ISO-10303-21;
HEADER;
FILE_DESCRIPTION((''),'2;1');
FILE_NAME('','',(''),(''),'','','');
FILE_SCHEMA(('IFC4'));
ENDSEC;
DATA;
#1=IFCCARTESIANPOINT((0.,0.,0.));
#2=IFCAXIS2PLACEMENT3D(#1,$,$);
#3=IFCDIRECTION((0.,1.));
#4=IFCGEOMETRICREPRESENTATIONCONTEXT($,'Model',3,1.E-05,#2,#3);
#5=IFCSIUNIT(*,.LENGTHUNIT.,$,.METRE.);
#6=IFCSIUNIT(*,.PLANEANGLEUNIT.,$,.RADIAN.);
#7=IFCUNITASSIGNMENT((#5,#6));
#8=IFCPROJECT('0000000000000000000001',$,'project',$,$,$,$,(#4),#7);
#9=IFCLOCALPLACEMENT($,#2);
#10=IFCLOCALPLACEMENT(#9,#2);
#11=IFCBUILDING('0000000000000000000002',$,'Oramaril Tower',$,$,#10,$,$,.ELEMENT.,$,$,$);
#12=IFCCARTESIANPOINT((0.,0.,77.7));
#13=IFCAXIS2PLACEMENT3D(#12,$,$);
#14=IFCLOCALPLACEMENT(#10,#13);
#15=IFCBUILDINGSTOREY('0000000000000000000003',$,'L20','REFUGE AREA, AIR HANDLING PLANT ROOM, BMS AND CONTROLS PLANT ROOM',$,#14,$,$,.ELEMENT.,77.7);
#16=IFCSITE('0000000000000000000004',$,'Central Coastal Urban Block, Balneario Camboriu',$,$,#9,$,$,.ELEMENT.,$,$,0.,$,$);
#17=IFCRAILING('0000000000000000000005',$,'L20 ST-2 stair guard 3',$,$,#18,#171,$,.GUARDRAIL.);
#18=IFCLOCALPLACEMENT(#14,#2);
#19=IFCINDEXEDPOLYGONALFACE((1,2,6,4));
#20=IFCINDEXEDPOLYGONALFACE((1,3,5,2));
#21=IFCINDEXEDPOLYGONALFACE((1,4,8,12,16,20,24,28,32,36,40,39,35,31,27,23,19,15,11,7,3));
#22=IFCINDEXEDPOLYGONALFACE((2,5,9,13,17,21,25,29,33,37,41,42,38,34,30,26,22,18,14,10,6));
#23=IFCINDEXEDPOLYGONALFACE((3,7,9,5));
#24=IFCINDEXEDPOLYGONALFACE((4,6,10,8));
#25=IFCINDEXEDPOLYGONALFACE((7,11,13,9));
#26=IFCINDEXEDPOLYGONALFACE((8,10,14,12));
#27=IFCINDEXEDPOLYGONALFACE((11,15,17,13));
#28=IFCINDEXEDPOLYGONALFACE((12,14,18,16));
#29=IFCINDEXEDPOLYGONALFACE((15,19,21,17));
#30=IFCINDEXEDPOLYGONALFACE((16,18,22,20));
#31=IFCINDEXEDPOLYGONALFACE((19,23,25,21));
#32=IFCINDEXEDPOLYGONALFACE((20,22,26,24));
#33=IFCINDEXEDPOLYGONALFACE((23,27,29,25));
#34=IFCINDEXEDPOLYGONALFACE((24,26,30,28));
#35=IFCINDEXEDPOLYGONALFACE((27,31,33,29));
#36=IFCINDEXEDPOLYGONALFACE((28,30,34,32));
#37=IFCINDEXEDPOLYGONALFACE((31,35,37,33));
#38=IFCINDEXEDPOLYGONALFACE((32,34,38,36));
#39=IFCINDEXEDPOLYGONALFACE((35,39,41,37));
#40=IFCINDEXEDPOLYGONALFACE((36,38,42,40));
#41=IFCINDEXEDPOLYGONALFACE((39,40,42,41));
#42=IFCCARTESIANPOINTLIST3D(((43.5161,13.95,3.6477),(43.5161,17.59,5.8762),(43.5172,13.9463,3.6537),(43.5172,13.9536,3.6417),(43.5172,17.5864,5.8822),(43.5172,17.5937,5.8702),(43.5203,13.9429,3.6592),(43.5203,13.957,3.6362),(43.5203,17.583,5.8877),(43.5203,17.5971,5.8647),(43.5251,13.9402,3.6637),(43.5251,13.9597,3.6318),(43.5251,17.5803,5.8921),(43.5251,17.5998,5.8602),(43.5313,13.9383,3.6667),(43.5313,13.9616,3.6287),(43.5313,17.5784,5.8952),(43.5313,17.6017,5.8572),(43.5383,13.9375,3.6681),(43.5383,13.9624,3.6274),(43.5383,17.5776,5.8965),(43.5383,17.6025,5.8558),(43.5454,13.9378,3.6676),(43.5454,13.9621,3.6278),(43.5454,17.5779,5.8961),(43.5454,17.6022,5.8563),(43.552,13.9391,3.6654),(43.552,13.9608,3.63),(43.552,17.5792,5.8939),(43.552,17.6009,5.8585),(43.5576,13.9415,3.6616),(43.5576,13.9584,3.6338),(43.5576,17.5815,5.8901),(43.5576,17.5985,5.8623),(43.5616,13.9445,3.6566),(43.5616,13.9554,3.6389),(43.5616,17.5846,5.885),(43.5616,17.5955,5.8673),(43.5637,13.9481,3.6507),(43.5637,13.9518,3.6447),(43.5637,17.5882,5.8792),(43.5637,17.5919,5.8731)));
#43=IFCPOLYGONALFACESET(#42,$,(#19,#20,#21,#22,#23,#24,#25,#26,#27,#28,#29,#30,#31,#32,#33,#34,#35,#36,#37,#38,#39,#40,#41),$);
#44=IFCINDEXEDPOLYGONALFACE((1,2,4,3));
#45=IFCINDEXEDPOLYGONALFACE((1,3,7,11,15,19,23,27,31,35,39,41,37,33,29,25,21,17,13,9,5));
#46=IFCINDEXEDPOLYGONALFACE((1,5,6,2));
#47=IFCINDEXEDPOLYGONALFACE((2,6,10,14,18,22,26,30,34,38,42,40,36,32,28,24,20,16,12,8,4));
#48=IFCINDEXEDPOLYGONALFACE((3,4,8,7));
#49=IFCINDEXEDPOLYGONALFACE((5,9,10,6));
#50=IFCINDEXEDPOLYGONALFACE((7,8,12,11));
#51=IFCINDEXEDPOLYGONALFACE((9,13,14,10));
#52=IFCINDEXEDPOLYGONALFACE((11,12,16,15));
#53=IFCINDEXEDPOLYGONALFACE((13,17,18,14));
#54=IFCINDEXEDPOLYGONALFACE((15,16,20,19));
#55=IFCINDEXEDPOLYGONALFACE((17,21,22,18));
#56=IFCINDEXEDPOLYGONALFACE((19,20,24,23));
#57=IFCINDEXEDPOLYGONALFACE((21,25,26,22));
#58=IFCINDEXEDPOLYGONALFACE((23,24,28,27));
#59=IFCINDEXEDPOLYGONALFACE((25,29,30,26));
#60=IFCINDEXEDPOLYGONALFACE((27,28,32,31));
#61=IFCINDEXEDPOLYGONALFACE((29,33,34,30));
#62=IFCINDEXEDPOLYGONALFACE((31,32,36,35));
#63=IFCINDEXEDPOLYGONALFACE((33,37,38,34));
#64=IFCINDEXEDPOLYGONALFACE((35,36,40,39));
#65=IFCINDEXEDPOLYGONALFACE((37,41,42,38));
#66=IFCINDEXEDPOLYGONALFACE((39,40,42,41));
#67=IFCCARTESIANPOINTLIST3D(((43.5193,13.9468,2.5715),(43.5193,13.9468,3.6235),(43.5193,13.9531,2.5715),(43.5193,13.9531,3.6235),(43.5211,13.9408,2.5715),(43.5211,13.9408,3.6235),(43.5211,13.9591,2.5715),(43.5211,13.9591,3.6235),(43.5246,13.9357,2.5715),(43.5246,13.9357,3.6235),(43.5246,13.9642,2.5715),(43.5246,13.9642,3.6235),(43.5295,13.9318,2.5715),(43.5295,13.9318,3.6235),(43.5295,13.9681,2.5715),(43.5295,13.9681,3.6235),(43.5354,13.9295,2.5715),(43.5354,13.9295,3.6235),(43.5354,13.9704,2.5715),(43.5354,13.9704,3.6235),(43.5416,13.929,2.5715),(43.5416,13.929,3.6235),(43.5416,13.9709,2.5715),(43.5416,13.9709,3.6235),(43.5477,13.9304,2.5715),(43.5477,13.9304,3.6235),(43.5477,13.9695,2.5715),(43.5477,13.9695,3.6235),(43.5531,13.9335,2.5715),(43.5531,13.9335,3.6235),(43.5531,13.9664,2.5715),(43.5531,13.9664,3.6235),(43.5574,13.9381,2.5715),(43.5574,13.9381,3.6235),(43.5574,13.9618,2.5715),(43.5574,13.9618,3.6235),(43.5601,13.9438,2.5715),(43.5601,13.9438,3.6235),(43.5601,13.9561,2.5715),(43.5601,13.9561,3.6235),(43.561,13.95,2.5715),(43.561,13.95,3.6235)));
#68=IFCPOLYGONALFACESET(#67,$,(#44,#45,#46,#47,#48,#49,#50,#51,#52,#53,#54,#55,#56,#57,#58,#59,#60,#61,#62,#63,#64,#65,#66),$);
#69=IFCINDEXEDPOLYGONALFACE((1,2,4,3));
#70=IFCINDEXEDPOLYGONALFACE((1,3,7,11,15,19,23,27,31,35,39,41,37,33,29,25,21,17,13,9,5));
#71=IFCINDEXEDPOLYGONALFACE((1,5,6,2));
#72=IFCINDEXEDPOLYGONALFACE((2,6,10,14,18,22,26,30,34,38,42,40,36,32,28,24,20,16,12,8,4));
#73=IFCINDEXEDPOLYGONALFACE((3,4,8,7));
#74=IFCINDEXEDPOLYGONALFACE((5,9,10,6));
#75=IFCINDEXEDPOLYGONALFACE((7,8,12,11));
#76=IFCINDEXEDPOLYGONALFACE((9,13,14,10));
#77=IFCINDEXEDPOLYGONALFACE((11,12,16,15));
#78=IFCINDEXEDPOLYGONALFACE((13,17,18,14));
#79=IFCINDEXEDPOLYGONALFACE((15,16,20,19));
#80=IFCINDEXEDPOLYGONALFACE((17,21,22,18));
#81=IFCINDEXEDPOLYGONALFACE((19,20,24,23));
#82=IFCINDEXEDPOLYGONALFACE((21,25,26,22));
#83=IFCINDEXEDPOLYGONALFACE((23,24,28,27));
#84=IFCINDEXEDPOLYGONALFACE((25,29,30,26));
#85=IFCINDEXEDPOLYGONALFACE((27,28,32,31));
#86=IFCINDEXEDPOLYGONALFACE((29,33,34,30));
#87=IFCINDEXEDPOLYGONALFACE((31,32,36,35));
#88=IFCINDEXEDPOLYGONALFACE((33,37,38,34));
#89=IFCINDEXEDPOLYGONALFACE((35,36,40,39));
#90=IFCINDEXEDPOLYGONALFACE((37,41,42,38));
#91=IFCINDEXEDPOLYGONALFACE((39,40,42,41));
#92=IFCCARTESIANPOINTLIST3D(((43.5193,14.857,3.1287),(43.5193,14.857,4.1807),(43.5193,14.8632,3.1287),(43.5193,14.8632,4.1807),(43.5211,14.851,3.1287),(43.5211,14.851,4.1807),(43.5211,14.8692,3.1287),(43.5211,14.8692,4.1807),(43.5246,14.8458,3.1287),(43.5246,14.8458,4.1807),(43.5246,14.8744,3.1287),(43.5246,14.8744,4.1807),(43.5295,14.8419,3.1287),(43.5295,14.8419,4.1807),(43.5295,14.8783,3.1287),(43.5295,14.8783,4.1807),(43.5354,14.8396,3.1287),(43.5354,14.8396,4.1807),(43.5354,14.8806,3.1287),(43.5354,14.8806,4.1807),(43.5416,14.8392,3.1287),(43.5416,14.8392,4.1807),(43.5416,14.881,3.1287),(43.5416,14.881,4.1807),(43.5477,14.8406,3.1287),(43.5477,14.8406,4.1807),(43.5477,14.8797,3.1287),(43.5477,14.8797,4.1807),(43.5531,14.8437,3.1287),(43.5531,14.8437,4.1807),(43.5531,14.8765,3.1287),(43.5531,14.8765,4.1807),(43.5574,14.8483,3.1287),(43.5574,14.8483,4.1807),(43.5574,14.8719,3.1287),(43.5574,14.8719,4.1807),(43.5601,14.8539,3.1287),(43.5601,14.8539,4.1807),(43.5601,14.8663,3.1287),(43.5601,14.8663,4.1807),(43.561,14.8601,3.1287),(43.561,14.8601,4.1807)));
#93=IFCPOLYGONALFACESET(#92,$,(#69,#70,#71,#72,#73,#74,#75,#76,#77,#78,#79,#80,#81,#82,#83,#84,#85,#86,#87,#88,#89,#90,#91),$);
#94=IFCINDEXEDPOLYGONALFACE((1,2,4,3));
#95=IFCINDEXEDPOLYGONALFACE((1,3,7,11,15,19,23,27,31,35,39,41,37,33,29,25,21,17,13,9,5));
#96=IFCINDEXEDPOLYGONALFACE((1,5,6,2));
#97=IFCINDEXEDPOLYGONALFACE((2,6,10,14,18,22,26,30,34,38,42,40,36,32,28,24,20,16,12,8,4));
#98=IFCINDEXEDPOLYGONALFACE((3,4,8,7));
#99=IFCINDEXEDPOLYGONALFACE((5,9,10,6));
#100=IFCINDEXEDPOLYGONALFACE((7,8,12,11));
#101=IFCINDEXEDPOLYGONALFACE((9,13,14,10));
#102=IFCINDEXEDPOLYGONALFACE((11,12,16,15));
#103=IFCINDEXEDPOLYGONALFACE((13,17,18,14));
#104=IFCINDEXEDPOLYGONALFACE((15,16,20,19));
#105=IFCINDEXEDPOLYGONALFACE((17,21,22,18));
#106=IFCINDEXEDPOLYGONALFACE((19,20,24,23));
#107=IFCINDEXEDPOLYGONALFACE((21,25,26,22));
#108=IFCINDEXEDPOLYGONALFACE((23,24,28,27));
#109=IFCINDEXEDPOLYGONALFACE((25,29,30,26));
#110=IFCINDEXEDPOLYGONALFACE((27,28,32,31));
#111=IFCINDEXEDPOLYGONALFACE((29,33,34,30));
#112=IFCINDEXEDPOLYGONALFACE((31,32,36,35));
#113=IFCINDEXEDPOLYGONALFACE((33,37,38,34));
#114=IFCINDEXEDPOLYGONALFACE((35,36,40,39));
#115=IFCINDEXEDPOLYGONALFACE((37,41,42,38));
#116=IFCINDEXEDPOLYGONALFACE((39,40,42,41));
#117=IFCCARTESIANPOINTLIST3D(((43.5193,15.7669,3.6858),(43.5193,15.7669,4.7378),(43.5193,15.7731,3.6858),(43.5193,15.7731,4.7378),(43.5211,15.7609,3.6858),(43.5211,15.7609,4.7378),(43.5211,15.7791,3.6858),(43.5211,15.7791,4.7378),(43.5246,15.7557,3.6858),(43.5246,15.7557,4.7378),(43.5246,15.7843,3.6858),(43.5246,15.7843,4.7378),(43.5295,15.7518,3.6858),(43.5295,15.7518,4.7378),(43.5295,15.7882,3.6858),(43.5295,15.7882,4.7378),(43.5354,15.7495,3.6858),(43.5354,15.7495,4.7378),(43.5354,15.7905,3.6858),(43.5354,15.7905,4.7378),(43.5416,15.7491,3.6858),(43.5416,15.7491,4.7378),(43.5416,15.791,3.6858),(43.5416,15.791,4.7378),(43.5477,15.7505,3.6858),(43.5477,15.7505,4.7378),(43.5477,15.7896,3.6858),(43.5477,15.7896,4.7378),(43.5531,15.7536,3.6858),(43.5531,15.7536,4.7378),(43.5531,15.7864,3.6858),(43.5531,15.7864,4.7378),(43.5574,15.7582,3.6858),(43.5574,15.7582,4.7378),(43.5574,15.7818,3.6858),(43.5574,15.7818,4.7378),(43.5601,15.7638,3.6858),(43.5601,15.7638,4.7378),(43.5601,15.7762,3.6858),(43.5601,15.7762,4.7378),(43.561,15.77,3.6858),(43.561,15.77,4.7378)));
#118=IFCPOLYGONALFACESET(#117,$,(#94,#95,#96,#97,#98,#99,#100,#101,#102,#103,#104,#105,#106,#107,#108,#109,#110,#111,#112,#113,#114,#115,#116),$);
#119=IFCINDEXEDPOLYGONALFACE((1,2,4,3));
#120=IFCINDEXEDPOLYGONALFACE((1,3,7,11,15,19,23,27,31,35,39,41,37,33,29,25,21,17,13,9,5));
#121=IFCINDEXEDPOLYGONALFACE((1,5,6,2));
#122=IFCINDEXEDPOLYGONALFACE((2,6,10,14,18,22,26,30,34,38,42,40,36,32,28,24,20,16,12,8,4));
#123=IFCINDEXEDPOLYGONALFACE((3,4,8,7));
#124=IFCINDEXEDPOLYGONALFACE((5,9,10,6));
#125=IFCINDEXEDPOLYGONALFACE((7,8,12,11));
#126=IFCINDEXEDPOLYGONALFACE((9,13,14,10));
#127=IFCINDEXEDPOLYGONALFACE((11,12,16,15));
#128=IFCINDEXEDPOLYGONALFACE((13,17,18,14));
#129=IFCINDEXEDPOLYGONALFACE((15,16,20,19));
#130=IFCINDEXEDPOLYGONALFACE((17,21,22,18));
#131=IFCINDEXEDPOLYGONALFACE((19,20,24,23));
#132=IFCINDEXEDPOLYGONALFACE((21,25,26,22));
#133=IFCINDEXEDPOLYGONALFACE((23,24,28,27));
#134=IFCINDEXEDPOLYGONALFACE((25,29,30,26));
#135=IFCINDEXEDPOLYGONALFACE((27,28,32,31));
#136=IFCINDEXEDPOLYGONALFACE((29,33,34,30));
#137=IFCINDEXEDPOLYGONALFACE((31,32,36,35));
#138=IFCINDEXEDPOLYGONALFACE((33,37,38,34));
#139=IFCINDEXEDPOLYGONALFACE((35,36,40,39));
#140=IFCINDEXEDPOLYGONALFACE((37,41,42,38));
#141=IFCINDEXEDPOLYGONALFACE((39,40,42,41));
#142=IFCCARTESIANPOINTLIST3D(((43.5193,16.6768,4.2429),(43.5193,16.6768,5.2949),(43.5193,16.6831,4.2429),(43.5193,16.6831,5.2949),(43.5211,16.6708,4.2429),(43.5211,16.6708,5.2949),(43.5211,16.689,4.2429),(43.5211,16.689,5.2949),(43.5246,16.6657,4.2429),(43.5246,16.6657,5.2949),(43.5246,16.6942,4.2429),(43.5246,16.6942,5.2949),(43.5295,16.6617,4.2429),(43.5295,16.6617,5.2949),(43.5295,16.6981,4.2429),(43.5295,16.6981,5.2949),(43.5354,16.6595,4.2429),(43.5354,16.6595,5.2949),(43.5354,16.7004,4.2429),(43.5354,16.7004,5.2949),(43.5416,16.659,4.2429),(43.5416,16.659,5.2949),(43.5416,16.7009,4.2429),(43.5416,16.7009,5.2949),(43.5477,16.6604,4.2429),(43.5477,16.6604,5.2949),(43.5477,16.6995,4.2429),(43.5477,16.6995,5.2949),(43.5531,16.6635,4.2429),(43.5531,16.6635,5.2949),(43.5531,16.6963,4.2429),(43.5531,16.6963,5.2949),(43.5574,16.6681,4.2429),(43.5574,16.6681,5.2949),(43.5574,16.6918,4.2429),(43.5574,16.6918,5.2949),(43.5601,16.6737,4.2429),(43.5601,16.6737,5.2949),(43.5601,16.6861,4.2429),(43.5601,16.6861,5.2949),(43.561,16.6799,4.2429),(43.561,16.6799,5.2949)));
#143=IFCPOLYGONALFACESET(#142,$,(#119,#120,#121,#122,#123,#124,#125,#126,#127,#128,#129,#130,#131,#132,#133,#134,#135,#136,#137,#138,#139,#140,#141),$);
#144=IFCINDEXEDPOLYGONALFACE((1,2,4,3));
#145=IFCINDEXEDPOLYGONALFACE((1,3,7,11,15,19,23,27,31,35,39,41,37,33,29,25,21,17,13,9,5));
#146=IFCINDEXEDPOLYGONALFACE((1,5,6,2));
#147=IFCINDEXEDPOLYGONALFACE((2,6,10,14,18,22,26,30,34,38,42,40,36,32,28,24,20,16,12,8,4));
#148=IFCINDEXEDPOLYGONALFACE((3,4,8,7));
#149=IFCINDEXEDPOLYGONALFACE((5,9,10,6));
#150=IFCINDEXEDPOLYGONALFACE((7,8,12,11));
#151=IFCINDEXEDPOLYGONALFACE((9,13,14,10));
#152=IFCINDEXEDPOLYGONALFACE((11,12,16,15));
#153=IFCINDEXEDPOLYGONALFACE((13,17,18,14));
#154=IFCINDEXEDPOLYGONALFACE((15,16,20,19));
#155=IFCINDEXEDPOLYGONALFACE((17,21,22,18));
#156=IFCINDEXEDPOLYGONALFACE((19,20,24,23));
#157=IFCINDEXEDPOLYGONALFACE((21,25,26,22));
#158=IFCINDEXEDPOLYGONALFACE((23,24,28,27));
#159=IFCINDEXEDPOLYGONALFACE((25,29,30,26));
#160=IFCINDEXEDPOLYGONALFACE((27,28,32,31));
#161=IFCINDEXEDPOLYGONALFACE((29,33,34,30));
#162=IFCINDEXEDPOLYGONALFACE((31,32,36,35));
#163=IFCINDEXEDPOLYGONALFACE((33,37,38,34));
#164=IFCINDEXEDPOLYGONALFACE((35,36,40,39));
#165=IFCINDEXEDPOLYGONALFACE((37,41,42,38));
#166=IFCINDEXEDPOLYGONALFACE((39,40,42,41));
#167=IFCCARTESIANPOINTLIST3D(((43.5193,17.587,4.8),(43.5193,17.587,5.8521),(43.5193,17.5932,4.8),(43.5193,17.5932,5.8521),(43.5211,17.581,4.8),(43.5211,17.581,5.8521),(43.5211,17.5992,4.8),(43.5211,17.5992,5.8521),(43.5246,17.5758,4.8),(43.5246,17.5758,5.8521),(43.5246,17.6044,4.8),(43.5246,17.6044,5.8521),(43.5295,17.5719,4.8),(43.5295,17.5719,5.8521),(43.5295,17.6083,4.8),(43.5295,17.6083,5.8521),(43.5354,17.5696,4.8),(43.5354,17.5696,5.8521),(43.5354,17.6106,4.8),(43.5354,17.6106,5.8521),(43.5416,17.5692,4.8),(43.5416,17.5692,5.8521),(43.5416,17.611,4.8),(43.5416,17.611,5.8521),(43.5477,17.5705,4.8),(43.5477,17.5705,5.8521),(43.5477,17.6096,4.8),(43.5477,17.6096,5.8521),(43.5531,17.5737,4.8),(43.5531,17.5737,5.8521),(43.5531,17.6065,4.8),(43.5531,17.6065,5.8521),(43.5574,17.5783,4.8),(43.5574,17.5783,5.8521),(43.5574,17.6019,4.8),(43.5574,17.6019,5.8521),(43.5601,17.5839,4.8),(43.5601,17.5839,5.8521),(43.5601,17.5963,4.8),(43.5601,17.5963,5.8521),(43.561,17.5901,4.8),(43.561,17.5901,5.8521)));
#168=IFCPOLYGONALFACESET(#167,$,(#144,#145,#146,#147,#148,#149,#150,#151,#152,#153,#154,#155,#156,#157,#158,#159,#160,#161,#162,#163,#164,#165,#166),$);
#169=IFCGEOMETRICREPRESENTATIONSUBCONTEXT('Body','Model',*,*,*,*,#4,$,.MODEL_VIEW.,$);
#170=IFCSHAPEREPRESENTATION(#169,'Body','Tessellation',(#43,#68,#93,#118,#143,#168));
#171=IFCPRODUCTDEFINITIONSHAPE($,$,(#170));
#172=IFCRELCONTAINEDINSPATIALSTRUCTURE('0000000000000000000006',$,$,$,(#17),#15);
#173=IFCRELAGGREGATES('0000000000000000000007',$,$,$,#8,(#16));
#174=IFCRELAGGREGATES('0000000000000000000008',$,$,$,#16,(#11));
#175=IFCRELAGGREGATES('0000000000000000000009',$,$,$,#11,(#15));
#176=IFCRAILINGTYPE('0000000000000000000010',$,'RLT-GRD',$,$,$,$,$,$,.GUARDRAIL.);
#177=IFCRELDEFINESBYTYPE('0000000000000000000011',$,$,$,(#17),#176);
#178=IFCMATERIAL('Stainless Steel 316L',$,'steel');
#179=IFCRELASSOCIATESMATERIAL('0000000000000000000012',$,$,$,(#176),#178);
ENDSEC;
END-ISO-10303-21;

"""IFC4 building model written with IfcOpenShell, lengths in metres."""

from ifc_helpers import new_model, si_unit, direction, frame, origin, origin_2d, place, context, subcontext, project, spatial, circle, extrude, material, type_object, element, save


model = new_model("IFC4")

# Units and contexts
model_context = context("Model", 3, precision=1e-05, world=origin(), true_north=direction((0.0, 1.0)))
body_context = subcontext(model_context, "Body", "Model", "MODEL_VIEW")
ifc_project = project(units=[si_unit("LENGTHUNIT", "METRE"), si_unit("PLANEANGLEUNIT", "RADIAN")], contexts=[model_context])

# Site, building, storey
site_placement = place(None, origin())
site = spatial("IfcSite", under=ifc_project, at=site_placement, Name="Central Coastal Urban Block, Balneario Camboriu", CompositionType="ELEMENT", RefElevation=0.0)
building_placement = place(site_placement, origin())
building = spatial("IfcBuilding", under=site, at=building_placement, Name="Oramaril Tower", CompositionType="ELEMENT")
storey_placement = place(building_placement, frame((0.0, 0.0, 77.7)))
storey = spatial("IfcBuildingStorey", under=building, at=storey_placement, Name="L20", Description="REFUGE AREA, AIR HANDLING PLANT ROOM, BMS AND CONTROLS PLANT ROOM", CompositionType="ELEMENT", Elevation=77.7)

# Railing
ifc_material_1 = material(Name="Stainless Steel 316L", Category="steel")
railing_type_1 = type_object("IfcRailingType", Name="RLT-GRD", PredefinedType="GUARDRAIL", material=ifc_material_1)
railing_1_placement = place(storey_placement, frame((43.54, 13.95, 2.5715)))
element("IfcRailing", 1, at=railing_1_placement, inside=storey, type_object=railing_type_1, Name="L20 ST-2 stair guard 3", PredefinedType="GUARDRAIL", context=body_context, shape_type="SweptSolid", body=[
    extrude(circle(Radius=0.0239, at=origin_2d()), frame((0.0, 0.0, 1.0762), z_axis=(0.0, 0.852866, 0.52213), x_axis=(-1.0, 0.0, 0.0)), (0.0, 0.0, 1.0), 4.2681),
    extrude(circle(Radius=0.021, at=origin_2d()), origin(), (0.0, 0.0, 1.0), 1.052),
    extrude(circle(Radius=0.021, at=origin_2d()), frame((0.0, 0.9102, 0.5571)), (0.0, 0.0, 1.0), 1.052),
    extrude(circle(Radius=0.021, at=origin_2d()), frame((0.0, 1.8201, 1.1143)), (0.0, 0.0, 1.0), 1.052),
    extrude(circle(Radius=0.021, at=origin_2d()), frame((0.0, 2.73, 1.6714)), (0.0, 0.0, 1.0), 1.052),
    extrude(circle(Radius=0.021, at=origin_2d()), frame((0.0, 3.6401, 2.2285)), (0.0, 0.0, 1.0), 1.052),
])

save(model, "model.ifc")
